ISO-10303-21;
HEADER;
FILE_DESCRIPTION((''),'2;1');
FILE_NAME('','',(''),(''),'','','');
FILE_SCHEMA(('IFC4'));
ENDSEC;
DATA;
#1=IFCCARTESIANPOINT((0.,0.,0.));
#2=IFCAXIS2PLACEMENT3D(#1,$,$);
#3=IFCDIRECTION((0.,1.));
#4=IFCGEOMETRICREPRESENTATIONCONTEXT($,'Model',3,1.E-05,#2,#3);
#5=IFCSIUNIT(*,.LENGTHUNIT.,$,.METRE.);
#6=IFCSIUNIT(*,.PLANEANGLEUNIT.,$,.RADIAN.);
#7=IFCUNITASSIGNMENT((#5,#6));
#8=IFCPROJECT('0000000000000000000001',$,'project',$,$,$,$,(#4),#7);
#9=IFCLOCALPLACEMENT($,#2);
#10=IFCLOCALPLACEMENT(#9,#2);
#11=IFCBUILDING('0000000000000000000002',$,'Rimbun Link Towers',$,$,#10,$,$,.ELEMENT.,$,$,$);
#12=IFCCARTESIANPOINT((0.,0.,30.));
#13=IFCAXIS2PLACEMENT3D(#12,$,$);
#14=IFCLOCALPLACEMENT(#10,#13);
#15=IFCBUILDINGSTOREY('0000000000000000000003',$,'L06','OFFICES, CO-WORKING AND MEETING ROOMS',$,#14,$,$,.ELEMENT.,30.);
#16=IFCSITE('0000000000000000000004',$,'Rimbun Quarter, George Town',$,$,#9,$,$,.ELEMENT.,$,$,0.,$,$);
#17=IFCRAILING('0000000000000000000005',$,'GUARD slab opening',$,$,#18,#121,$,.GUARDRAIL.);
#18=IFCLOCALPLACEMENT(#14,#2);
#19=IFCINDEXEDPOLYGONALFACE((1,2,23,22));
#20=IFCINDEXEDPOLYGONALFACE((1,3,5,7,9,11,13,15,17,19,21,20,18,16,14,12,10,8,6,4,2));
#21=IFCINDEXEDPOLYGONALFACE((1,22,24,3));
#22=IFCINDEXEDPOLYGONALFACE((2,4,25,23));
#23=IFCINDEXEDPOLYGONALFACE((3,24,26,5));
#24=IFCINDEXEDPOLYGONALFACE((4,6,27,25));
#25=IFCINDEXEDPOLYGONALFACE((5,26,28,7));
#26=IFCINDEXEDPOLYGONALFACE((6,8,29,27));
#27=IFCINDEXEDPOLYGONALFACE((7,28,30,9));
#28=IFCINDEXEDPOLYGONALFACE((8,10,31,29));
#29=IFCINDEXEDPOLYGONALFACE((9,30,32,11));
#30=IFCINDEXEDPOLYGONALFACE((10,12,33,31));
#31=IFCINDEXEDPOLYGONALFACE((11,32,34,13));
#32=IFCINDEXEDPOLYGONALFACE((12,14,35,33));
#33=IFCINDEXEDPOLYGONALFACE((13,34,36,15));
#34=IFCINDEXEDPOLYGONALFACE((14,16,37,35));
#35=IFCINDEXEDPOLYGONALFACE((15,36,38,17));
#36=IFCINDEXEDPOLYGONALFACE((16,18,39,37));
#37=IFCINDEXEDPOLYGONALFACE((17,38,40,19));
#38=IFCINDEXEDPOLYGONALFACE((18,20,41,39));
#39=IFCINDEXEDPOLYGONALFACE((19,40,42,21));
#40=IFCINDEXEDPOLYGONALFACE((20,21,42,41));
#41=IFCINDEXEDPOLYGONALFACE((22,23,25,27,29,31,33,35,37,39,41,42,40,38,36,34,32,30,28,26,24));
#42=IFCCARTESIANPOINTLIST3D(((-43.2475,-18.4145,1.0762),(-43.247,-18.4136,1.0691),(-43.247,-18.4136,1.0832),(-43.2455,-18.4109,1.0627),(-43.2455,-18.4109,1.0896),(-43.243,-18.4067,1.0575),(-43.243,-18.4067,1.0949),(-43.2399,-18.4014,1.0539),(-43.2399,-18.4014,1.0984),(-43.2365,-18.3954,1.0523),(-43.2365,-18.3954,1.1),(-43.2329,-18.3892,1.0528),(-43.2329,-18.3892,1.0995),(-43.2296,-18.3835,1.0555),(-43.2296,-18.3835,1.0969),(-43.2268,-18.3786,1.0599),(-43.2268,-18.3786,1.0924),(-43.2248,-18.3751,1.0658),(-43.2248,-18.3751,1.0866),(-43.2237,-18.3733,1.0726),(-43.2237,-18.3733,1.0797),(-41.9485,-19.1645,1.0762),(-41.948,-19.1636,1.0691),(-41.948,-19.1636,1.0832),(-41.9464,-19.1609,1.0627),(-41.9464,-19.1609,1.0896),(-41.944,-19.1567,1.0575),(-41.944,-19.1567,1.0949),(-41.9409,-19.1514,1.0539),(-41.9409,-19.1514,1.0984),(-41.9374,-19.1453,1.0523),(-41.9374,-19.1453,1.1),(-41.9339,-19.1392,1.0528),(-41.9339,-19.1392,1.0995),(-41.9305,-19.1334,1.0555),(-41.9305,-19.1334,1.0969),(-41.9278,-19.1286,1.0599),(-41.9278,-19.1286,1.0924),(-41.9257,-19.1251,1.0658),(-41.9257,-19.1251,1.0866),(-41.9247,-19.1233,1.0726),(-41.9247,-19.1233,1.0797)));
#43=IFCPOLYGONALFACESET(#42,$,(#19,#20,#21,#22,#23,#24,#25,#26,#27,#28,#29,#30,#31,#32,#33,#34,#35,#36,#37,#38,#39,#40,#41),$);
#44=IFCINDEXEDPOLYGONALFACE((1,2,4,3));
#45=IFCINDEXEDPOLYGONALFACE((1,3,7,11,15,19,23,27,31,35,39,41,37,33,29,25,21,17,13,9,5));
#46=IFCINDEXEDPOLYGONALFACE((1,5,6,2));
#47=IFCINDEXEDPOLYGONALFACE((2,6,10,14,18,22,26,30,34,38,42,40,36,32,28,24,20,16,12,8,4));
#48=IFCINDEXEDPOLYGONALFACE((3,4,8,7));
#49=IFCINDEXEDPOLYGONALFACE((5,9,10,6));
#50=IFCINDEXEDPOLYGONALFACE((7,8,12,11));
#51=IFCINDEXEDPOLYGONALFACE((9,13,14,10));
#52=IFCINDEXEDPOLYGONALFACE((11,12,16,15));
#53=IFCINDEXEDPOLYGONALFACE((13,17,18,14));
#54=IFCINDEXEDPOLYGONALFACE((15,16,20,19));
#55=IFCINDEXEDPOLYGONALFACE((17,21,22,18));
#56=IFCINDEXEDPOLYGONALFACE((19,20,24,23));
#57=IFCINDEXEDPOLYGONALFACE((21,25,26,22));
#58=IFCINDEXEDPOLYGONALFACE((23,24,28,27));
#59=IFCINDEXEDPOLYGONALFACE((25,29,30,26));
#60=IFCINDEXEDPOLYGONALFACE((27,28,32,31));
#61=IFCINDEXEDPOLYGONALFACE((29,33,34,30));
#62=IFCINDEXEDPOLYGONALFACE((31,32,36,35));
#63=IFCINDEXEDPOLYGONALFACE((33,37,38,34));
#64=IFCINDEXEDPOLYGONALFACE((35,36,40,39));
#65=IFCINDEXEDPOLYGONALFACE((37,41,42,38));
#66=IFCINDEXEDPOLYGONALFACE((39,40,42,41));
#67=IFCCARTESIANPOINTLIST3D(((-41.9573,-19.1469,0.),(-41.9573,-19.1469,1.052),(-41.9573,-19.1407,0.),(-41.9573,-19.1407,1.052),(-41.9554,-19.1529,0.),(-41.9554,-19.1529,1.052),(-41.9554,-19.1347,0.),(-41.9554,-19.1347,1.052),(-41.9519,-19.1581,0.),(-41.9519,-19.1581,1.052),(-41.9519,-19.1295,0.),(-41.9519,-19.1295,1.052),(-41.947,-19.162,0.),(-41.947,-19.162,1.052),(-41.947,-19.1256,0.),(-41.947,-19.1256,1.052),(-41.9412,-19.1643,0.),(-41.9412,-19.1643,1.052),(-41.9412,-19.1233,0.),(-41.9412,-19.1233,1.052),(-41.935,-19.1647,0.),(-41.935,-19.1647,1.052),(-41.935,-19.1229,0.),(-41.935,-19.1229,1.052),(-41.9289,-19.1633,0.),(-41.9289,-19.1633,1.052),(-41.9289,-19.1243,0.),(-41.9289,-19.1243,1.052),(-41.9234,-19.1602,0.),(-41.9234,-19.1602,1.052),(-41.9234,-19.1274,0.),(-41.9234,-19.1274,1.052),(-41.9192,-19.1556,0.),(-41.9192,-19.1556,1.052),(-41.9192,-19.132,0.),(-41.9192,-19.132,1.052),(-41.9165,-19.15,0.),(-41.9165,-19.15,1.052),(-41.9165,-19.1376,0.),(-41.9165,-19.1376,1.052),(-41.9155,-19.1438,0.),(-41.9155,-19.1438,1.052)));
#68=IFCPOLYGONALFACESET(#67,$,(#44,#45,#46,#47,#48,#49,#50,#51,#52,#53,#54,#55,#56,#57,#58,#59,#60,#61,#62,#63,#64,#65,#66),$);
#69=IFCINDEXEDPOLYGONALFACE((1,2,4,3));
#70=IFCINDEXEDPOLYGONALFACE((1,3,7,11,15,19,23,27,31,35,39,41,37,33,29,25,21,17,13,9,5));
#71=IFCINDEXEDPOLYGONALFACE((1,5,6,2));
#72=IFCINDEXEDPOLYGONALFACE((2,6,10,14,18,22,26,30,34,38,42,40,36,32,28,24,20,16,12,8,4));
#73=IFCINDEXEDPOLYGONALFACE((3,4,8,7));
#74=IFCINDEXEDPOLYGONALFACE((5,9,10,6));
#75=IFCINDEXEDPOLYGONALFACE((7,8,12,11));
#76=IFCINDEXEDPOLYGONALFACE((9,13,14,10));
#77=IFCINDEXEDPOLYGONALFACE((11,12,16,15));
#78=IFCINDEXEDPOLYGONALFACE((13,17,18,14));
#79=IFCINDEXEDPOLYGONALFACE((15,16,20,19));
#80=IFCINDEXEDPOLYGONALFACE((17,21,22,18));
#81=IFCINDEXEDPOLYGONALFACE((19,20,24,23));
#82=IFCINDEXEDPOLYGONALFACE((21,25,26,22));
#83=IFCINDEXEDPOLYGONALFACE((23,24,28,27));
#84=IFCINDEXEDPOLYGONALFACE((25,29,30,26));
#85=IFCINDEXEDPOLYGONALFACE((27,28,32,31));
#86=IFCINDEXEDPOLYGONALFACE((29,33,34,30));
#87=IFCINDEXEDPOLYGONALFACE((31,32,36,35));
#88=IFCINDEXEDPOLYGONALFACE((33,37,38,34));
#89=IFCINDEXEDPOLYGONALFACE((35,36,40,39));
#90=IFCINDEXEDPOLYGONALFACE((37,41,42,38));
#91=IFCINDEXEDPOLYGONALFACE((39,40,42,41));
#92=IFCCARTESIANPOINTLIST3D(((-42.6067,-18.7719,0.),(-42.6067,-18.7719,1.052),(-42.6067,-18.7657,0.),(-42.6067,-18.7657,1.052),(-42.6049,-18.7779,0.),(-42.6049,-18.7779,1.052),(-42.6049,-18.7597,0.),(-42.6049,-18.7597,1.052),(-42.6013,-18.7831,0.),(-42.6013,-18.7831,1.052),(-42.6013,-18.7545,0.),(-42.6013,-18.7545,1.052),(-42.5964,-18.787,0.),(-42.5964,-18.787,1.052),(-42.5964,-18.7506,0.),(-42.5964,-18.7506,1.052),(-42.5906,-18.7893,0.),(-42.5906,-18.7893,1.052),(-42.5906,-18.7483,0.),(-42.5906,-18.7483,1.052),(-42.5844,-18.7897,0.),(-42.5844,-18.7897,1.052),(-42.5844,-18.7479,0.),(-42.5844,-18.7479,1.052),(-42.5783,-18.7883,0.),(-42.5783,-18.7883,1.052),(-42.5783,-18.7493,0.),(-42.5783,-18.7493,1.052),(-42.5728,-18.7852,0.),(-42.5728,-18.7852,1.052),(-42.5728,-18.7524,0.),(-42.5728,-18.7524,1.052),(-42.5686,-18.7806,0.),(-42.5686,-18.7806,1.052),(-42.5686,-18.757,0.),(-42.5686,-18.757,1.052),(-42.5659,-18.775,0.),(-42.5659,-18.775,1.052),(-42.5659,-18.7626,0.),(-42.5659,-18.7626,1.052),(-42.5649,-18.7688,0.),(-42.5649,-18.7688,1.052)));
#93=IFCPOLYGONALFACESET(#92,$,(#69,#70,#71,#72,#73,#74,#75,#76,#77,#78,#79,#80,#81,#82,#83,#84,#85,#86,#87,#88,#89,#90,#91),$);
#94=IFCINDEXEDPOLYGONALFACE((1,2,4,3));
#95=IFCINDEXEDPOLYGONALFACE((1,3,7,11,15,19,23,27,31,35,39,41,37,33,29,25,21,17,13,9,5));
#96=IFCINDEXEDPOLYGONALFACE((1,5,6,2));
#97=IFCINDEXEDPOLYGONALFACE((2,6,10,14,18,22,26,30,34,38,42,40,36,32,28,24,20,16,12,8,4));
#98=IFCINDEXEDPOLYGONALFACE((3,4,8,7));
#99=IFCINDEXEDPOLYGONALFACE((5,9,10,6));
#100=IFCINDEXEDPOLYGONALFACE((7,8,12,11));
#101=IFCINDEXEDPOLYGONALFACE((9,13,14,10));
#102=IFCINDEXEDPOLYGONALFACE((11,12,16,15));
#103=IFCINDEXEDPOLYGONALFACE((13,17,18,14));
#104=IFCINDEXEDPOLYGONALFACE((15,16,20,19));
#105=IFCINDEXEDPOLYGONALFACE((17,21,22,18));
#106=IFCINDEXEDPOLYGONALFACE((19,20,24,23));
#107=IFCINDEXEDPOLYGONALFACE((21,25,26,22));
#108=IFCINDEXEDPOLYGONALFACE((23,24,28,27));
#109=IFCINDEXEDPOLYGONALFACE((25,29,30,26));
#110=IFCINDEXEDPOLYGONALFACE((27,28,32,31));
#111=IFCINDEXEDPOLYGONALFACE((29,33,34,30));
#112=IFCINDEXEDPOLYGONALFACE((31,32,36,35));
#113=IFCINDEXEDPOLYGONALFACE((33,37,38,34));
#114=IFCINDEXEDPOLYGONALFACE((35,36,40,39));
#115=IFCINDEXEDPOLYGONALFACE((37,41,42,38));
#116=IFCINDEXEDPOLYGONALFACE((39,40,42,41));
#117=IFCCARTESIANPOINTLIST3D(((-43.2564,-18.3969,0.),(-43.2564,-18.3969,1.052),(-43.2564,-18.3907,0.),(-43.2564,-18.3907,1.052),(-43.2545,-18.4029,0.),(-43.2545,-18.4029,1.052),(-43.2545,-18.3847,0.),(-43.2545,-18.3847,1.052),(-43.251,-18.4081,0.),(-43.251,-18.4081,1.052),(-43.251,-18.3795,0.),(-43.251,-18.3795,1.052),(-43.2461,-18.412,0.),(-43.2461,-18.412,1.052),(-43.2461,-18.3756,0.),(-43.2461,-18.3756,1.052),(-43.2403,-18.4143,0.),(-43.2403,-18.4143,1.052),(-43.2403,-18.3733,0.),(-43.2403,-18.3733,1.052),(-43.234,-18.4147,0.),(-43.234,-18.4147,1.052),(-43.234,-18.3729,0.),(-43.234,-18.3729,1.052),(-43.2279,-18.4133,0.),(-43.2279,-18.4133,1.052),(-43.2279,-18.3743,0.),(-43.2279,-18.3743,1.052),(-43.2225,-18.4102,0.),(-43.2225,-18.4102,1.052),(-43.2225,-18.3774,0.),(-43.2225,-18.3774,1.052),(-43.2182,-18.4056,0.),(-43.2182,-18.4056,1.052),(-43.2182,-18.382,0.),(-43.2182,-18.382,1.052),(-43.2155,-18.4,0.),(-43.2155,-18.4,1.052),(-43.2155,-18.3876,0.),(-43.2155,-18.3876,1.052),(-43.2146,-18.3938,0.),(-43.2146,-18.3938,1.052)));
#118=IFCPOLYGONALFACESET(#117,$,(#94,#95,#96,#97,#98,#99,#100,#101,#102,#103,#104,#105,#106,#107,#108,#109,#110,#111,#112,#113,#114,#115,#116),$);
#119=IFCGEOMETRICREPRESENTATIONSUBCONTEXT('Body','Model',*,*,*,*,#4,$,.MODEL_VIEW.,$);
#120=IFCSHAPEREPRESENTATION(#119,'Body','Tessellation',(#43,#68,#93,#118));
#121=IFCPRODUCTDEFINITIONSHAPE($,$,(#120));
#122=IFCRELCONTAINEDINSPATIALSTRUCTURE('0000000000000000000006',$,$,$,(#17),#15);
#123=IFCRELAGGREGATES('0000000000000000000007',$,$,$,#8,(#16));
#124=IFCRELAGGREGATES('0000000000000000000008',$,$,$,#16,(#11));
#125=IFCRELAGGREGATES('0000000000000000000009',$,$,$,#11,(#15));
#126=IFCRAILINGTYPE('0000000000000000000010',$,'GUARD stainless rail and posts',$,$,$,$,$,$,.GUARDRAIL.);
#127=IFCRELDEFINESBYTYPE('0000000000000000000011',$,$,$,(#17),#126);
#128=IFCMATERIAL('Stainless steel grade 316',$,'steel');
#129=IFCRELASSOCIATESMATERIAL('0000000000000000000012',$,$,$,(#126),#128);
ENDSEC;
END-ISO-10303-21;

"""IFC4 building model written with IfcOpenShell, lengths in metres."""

from ifc_helpers import new_model, si_unit, direction, frame, origin, origin_2d, place, context, subcontext, project, spatial, circle, extrude, material, type_object, element, save


model = new_model("IFC4")

# Units and contexts
model_context = context("Model", 3, precision=1e-05, world=origin(), true_north=direction((0.0, 1.0)))
body_context = subcontext(model_context, "Body", "Model", "MODEL_VIEW")
ifc_project = project(units=[si_unit("LENGTHUNIT", "METRE"), si_unit("PLANEANGLEUNIT", "RADIAN")], contexts=[model_context])

# Site, building, storey
site_placement = place(None, origin())
site = spatial("IfcSite", under=ifc_project, at=site_placement, Name="Rimbun Quarter, George Town", CompositionType="ELEMENT", RefElevation=0.0)
building_placement = place(site_placement, origin())
building = spatial("IfcBuilding", under=site, at=building_placement, Name="Rimbun Link Towers", CompositionType="ELEMENT")
storey_placement = place(building_placement, frame((0.0, 0.0, 30.0)))
storey = spatial("IfcBuildingStorey", under=building, at=storey_placement, Name="L06", Description="OFFICES, CO-WORKING AND MEETING ROOMS", CompositionType="ELEMENT", Elevation=30.0)

# Railing
ifc_material_1 = material(Name="Stainless steel grade 316", Category="steel")
railing_type_1 = type_object("IfcRailingType", Name="GUARD stainless rail and posts", PredefinedType="GUARDRAIL", material=ifc_material_1)
railing_1_placement = place(storey_placement, frame((-41.9365, -19.1438, 0.0)))
element("IfcRailing", 1, at=railing_1_placement, inside=storey, type_object=railing_type_1, Name="GUARD slab opening", PredefinedType="GUARDRAIL", context=body_context, shape_type="SweptSolid", body=[
    extrude(circle(Radius=0.0239, at=origin_2d()), frame((0.0, 0.0, 1.0762), z_axis=(-0.866031, 0.49999, 0.0), x_axis=(-0.49999, -0.866031, 0.0)), (0.0, 0.0, 1.0), 1.5),
    extrude(circle(Radius=0.021, at=origin_2d()), origin(), (0.0, 0.0, 1.0), 1.052),
    extrude(circle(Radius=0.021, at=origin_2d()), frame((-0.6494, 0.375, 0.0)), (0.0, 0.0, 1.0), 1.052),
    extrude(circle(Radius=0.021, at=origin_2d()), frame((-1.2991, 0.75, 0.0)), (0.0, 0.0, 1.0), 1.052),
])

save(model, "model.ifc")
